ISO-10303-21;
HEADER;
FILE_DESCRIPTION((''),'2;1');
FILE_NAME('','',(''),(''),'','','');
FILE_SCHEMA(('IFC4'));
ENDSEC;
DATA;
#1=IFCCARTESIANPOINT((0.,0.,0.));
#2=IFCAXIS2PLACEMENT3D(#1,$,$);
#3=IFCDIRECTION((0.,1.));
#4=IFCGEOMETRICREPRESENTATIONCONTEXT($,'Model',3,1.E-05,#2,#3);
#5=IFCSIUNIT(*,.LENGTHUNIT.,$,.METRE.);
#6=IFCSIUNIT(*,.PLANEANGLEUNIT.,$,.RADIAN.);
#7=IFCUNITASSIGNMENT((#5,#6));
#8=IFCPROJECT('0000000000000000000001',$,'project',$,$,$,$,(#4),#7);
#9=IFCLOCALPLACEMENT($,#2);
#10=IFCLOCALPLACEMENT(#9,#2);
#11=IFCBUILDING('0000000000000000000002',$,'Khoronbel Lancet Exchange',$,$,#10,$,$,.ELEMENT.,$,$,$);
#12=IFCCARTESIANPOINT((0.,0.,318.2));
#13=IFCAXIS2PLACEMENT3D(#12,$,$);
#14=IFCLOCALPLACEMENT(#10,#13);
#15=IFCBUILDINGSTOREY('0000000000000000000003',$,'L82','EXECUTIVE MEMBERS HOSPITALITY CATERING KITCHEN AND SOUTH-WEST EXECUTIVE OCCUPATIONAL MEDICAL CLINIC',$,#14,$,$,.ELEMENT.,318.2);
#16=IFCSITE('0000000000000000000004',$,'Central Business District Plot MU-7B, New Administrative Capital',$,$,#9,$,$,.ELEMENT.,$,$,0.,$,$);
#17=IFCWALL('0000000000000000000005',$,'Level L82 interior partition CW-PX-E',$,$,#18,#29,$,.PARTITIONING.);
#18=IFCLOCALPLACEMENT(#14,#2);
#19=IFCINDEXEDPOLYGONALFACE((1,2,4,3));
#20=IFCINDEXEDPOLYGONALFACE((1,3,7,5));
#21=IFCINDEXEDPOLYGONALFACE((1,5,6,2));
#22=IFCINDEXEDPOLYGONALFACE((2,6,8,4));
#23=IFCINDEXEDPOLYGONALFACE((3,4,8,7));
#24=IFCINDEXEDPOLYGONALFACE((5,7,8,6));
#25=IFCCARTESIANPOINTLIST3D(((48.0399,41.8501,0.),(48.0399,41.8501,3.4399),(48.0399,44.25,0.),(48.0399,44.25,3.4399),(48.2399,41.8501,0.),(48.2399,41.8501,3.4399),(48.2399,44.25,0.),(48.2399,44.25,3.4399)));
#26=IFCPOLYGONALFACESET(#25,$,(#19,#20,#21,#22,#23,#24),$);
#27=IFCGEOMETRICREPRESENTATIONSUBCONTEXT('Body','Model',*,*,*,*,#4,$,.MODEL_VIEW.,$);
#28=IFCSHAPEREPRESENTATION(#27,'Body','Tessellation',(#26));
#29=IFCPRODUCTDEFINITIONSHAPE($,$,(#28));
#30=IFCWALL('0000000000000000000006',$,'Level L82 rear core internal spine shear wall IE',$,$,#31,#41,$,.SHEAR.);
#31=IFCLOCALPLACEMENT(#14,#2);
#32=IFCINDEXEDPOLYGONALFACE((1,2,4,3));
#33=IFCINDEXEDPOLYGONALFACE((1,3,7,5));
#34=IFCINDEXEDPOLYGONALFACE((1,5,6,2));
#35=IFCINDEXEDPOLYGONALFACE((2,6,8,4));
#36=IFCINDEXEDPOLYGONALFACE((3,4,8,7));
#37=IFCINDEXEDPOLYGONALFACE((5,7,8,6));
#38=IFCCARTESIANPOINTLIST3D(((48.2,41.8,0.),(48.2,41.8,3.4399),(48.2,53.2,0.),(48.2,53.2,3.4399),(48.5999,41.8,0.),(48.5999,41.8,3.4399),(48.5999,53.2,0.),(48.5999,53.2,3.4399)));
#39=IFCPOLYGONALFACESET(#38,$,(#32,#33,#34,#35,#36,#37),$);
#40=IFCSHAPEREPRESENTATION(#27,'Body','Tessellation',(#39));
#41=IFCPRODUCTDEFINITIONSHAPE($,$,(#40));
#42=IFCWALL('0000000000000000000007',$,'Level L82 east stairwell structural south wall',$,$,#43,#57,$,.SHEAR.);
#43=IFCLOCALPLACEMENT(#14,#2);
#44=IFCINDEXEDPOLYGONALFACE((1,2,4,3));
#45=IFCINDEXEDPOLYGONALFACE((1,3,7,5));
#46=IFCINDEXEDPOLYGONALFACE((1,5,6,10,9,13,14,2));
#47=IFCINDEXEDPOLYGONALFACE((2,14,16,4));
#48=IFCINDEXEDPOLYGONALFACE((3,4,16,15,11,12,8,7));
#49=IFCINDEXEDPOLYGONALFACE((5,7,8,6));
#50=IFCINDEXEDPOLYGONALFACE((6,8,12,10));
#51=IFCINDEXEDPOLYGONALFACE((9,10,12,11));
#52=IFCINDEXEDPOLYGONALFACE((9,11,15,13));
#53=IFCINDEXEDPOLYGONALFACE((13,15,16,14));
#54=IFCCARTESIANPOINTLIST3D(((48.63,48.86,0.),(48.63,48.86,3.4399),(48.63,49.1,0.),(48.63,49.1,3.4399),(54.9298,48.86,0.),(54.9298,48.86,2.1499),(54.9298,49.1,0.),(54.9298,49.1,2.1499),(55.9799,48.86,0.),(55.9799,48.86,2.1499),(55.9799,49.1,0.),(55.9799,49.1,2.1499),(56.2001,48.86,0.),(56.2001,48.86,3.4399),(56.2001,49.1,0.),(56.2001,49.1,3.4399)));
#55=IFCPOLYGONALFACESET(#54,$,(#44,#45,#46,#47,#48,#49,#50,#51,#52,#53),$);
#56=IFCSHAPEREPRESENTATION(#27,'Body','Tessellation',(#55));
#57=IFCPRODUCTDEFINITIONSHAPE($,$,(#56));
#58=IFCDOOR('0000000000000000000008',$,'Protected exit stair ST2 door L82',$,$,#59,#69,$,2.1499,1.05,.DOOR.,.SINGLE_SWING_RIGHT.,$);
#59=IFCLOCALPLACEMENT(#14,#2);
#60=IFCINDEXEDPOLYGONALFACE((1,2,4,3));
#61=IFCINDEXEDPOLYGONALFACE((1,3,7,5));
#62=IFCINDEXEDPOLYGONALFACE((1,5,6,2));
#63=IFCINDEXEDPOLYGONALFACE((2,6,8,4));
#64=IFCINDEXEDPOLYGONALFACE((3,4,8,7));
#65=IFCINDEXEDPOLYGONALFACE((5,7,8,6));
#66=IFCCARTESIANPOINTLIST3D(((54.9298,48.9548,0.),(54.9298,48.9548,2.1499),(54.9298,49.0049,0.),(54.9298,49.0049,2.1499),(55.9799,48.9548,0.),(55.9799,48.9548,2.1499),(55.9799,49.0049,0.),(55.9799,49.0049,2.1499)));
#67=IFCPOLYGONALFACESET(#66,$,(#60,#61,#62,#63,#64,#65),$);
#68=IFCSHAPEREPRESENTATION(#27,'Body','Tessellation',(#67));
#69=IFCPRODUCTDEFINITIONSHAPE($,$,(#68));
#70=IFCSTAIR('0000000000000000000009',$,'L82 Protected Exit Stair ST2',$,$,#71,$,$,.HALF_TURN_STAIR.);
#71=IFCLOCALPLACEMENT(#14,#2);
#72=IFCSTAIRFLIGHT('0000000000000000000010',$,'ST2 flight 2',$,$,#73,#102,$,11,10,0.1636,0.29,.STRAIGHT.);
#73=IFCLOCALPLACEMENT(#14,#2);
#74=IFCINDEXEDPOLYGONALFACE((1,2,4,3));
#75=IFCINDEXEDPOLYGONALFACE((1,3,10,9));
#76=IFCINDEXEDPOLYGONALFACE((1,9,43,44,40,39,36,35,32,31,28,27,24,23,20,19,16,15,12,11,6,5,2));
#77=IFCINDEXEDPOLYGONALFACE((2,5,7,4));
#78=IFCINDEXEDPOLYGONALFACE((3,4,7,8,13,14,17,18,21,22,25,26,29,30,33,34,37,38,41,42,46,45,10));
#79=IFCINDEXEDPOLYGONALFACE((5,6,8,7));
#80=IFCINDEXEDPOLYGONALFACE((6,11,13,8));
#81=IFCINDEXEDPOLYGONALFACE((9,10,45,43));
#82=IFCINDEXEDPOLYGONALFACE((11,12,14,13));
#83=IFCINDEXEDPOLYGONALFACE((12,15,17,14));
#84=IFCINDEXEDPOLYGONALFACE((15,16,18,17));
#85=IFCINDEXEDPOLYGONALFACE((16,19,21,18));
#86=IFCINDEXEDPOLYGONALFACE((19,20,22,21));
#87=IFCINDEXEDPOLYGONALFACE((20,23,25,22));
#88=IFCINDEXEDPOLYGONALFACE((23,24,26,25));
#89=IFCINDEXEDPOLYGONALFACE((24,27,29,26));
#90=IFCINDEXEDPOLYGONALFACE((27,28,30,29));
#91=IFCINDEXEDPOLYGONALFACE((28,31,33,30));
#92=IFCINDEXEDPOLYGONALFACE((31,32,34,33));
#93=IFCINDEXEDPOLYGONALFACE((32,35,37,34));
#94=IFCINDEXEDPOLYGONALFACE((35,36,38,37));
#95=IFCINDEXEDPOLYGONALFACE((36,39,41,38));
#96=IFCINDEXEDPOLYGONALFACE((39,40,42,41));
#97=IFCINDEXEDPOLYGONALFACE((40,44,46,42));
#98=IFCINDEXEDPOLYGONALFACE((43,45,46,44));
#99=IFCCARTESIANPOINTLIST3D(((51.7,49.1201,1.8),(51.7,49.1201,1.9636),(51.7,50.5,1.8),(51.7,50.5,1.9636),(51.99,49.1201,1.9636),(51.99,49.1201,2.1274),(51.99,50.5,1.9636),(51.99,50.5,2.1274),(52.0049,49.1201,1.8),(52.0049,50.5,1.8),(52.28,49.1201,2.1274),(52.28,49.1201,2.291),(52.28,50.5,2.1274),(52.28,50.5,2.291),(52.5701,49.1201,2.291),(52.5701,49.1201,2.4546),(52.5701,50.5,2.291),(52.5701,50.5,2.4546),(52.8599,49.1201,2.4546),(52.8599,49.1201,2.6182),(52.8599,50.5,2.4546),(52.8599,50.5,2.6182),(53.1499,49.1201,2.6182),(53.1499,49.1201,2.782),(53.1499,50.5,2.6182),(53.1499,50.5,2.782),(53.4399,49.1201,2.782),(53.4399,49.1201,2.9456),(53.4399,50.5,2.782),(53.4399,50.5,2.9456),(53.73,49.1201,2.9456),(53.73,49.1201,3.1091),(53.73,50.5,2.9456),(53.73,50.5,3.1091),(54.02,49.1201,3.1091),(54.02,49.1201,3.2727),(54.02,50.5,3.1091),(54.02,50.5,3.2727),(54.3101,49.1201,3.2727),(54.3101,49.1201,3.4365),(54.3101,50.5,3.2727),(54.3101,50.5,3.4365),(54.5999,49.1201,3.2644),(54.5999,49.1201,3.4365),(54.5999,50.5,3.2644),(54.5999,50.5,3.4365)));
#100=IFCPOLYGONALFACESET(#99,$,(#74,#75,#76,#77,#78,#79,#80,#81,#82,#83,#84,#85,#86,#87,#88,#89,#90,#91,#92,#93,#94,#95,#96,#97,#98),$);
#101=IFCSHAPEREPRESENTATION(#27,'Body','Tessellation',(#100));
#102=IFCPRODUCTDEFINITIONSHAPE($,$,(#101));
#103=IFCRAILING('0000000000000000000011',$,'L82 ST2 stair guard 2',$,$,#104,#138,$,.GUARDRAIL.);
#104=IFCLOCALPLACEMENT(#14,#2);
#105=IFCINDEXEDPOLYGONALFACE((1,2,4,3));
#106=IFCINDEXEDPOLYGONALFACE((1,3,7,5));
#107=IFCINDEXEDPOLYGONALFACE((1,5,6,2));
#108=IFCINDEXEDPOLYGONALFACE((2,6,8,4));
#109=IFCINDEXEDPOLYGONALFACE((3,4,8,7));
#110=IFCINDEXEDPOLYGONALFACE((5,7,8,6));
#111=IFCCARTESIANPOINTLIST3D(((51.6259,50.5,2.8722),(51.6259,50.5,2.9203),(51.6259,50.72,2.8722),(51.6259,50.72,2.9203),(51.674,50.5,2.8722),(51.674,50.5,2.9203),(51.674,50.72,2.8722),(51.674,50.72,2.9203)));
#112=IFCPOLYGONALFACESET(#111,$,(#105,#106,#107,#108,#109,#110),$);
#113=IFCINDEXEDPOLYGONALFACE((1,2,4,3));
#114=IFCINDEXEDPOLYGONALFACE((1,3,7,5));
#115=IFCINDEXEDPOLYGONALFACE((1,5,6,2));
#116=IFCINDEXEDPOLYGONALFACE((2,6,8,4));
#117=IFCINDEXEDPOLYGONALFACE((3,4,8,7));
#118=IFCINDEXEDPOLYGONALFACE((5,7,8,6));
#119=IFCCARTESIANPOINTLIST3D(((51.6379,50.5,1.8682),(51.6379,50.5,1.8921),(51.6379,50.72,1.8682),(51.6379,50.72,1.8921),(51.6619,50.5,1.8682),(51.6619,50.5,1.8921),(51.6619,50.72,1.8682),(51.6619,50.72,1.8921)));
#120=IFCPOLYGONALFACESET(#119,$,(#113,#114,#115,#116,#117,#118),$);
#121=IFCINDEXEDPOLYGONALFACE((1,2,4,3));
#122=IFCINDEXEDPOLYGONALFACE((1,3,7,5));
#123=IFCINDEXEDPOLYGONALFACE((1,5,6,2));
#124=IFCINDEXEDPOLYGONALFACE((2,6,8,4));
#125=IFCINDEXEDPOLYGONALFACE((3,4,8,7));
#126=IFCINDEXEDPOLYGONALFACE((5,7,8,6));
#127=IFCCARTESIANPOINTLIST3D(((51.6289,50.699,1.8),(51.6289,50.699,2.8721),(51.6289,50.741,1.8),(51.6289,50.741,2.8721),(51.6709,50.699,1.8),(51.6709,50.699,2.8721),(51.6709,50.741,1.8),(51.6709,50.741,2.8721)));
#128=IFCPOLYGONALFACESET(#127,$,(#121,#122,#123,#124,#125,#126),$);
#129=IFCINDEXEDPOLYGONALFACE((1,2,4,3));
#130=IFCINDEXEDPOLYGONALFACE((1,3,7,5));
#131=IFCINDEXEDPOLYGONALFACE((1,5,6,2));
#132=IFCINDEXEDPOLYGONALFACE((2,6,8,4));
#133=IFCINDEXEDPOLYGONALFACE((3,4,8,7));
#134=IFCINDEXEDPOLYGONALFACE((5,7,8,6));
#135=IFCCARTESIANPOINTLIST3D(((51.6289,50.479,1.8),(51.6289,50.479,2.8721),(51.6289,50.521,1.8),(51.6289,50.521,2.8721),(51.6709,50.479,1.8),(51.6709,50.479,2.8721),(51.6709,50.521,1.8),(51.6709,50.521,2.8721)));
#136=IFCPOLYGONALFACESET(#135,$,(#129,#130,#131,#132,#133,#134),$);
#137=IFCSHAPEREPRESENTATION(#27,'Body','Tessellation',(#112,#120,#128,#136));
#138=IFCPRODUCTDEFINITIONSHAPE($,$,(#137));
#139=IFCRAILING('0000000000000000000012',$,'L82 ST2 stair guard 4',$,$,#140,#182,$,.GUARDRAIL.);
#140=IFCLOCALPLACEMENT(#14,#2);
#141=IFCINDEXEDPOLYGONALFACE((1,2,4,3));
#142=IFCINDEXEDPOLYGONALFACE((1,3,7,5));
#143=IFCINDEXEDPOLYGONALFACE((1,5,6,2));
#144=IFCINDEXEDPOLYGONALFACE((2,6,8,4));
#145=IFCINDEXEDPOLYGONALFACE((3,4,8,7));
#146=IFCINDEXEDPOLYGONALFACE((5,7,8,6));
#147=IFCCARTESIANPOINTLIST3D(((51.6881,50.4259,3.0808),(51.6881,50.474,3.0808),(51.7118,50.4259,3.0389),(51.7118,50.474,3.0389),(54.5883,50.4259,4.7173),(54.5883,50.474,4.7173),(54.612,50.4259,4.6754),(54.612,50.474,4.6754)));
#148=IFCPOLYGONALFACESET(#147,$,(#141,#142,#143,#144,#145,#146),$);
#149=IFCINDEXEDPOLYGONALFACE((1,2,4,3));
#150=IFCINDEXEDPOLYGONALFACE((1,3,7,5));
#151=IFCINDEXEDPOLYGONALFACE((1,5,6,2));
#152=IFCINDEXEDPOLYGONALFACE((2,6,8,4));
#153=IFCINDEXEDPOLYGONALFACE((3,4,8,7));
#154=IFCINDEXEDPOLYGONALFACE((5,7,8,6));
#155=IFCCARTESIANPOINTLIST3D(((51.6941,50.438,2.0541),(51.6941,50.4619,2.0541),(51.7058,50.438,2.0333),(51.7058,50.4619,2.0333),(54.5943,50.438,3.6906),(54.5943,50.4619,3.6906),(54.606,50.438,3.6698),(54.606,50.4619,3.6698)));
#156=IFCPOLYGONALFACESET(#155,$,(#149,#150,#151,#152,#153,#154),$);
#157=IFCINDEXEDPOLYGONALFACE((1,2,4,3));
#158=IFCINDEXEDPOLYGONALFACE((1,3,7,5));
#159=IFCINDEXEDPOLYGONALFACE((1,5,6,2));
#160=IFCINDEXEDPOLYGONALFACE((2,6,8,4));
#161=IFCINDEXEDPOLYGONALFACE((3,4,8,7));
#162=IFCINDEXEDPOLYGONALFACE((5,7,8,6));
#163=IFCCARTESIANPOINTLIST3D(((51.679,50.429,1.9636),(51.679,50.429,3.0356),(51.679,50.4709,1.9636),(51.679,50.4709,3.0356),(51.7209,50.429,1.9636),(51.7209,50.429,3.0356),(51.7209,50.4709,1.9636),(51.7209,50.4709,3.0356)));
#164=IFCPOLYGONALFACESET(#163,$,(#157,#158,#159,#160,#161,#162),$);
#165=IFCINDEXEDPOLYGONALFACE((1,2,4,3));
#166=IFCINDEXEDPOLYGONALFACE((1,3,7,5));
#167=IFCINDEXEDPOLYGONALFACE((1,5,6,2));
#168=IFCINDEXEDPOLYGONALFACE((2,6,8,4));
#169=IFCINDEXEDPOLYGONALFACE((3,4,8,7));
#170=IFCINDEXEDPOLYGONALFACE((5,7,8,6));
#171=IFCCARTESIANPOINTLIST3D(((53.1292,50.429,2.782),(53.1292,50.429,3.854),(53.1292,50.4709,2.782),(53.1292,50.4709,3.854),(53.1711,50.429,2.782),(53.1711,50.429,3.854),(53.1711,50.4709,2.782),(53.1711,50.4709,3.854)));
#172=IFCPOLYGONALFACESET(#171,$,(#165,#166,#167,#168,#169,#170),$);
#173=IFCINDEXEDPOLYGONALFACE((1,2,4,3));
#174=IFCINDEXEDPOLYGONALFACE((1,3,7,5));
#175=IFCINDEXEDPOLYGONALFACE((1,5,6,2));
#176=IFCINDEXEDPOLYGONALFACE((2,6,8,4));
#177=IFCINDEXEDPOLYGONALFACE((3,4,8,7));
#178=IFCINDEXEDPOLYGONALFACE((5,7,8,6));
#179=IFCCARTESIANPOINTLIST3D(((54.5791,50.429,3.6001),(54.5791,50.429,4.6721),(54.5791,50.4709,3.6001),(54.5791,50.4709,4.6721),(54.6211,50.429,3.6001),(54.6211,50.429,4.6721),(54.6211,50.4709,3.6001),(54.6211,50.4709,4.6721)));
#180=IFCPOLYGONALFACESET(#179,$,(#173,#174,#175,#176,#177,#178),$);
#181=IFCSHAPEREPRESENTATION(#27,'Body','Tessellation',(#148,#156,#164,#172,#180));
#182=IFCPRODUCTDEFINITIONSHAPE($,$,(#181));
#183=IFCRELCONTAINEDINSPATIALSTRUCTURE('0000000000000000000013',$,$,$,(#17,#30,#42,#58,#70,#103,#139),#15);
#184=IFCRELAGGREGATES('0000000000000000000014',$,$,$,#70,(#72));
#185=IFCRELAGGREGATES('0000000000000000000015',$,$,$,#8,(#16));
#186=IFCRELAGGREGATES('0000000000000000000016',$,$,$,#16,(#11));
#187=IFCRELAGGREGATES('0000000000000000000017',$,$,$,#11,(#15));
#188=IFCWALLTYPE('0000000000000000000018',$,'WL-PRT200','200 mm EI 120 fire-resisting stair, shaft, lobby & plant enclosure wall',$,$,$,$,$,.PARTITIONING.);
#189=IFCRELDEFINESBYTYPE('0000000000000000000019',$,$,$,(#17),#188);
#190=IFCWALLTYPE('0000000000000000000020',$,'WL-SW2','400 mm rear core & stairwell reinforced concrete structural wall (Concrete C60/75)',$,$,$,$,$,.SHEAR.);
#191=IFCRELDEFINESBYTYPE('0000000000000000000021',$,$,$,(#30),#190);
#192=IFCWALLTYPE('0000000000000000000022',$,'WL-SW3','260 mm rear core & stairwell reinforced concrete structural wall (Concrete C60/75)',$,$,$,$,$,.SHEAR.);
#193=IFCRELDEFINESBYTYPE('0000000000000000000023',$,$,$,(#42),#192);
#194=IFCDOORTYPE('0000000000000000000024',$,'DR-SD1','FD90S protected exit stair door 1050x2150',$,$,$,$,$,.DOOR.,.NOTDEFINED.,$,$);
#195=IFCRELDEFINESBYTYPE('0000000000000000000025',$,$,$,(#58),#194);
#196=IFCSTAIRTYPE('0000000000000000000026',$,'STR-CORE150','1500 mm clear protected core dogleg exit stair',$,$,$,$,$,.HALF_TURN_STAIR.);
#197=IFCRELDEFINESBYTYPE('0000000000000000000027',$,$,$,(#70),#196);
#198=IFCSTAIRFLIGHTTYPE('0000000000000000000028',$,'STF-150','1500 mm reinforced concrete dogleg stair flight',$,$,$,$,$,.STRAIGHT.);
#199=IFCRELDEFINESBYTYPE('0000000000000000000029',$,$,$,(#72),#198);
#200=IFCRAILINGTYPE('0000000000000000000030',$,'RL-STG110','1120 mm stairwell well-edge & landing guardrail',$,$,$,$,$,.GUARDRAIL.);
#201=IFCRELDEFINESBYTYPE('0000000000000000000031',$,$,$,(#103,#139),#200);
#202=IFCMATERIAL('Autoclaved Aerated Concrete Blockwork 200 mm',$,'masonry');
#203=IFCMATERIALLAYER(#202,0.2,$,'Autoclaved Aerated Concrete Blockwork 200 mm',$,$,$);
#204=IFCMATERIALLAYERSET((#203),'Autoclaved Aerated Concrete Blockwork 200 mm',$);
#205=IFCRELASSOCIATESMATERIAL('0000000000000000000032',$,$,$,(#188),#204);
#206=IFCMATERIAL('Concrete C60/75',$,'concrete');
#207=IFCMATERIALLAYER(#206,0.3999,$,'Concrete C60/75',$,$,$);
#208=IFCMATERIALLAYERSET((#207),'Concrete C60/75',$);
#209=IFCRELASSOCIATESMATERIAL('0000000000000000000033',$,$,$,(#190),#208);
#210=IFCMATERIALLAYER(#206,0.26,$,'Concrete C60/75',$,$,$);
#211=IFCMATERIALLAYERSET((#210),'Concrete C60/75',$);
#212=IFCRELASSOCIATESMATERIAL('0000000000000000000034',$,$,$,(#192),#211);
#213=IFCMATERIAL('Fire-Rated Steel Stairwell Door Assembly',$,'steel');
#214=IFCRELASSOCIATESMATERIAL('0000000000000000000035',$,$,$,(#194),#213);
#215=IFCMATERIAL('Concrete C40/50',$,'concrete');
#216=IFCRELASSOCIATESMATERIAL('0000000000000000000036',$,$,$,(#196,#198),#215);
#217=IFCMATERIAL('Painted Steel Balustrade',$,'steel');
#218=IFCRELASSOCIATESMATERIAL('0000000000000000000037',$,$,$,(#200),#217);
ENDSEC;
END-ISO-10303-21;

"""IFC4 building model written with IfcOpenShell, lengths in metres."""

from ifc_helpers import new_model, si_unit, direction, frame, frame_2d, origin, origin_2d, place, context, subcontext, project, spatial, polyline, rectangle, outline, extrude, material, layer, layer_set, type_object, element, fill, aggregate, save


model = new_model("IFC4")

# Units and contexts
model_context = context("Model", 3, precision=1e-05, world=origin(), true_north=direction((0.0, 1.0)))
body_context = subcontext(model_context, "Body", "Model", "MODEL_VIEW")
ifc_project = project(units=[si_unit("LENGTHUNIT", "METRE"), si_unit("PLANEANGLEUNIT", "RADIAN")], contexts=[model_context])

# Site, building, storey
site_placement = place(None, origin())
site = spatial("IfcSite", under=ifc_project, at=site_placement, Name="Central Business District Plot MU-7B, New Administrative Capital", CompositionType="ELEMENT", RefElevation=0.0)
building_placement = place(site_placement, origin())
building = spatial("IfcBuilding", under=site, at=building_placement, Name="Khoronbel Lancet Exchange", CompositionType="ELEMENT")
storey_placement = place(building_placement, frame((0.0, 0.0, 318.2)))
storey = spatial("IfcBuildingStorey", under=building, at=storey_placement, Name="L82", Description="EXECUTIVE MEMBERS HOSPITALITY CATERING KITCHEN AND SOUTH-WEST EXECUTIVE OCCUPATIONAL MEDICAL CLINIC", CompositionType="ELEMENT", Elevation=318.2)

# Shared definitions
ifc_material_1 = material(Name="Autoclaved Aerated Concrete Blockwork 200 mm", Category="masonry")
ifc_layer_1 = layer(ifc_material_1, 0.2, Name="Autoclaved Aerated Concrete Blockwork 200 mm")
ifc_layer_set_1 = layer_set([ifc_layer_1], Name="Autoclaved Aerated Concrete Blockwork 200 mm")
wall_type_1 = type_object("IfcWallType", Name="WL-PRT200", Description="200 mm EI 120 fire-resisting stair, shaft, lobby & plant enclosure wall", PredefinedType="PARTITIONING", material=ifc_layer_set_1)

# Walls
for number, where, z_axis, x_axis, name in (
    (1, (48.1399, 41.8501, 0.0), (0.0, 0.0, 1.0), (0.0, 1.0, 0.0), "Level L82 interior partition CW-PX-E"),
):
    element("IfcWall", number, at=place(storey_placement, frame(where, z_axis=z_axis, x_axis=x_axis)), inside=storey, type_object=wall_type_1, Name=name, PredefinedType="PARTITIONING", context=body_context, shape_type="SweptSolid", body=[
        extrude(rectangle(XDim=2.3999, YDim=0.2, at=frame_2d((1.2, 0.0))), origin(), (0.0, 0.0, 1.0), 3.4399),
    ])
ifc_material_2 = material(Name="Concrete C60/75", Category="concrete")
ifc_layer_2 = layer(ifc_material_2, 0.3999, Name="Concrete C60/75")
ifc_layer_set_2 = layer_set([ifc_layer_2], Name="Concrete C60/75")
wall_type_2 = type_object("IfcWallType", Name="WL-SW2", Description="400 mm rear core & stairwell reinforced concrete structural wall (Concrete C60/75)", PredefinedType="SHEAR", material=ifc_layer_set_2)
wall_1_placement = place(storey_placement, frame((48.3999, 41.8, 0.0), z_axis=(0.0, 0.0, 1.0), x_axis=(0.0, 1.0, 0.0)))
element("IfcWall", 2, at=wall_1_placement, inside=storey, type_object=wall_type_2, Name="Level L82 rear core internal spine shear wall IE", PredefinedType="SHEAR", context=body_context, shape_type="SweptSolid", body=[
    extrude(rectangle(XDim=11.3999, YDim=0.3999, at=frame_2d((5.7, 0.0))), origin(), (0.0, 0.0, 1.0), 3.4399),
])

# Wall, opening, door
ifc_layer_3 = layer(ifc_material_2, 0.26, Name="Concrete C60/75")
ifc_layer_set_3 = layer_set([ifc_layer_3], Name="Concrete C60/75")
wall_type_3 = type_object("IfcWallType", Name="WL-SW3", Description="260 mm rear core & stairwell reinforced concrete structural wall (Concrete C60/75)", PredefinedType="SHEAR", material=ifc_layer_set_3)
wall_2_placement = place(storey_placement, frame((48.6299, 48.98, 0.0), z_axis=(0.0, 0.0, 1.0), x_axis=(1.0, 0.0, 0.0)))
wall_2 = element("IfcWall", 3, at=wall_2_placement, inside=storey, type_object=wall_type_3, Name="Level L82 east stairwell structural south wall", PredefinedType="SHEAR", context=body_context, shape_type="SweptSolid", body=[
    extrude(rectangle(XDim=7.5701, YDim=0.24, at=frame_2d((3.7852, 0.0))), origin(), (0.0, 0.0, 1.0), 3.4399),
])
opening_1_placement = place(wall_2_placement, frame((6.3, 0.0, 0.0)))
opening_1 = element("IfcOpeningElement", 4, at=opening_1_placement, cuts=wall_2, PredefinedType="OPENING", context=body_context, shape_type="SweptSolid", body=[
    extrude(rectangle(XDim=1.05, YDim=2.1499, at=frame_2d((0.5249, 1.075))), frame((0.0, 0.1299, 0.0), z_axis=(0.0, -1.0, 0.0), x_axis=(1.0, 0.0, 0.0)), (0.0, 0.0, 1.0), 0.26),
])
ifc_material_3 = material(Name="Fire-Rated Steel Stairwell Door Assembly", Category="steel")
door_type_1 = type_object("IfcDoorType", Name="DR-SD1", Description="FD90S protected exit stair door 1050x2150", OperationType="NOTDEFINED", PredefinedType="DOOR", material=ifc_material_3)
door_1_placement = place(opening_1_placement, origin())
door_1 = element("IfcDoor", 5, at=door_1_placement, inside=storey, type_object=door_type_1, Name="Protected exit stair ST2 door L82", OperationType="SINGLE_SWING_RIGHT", OverallHeight=2.1499, OverallWidth=1.05, PredefinedType="DOOR", context=body_context, shape_type="SweptSolid", body=[
    extrude(rectangle(XDim=1.05, YDim=2.1499, at=frame_2d((0.5249, 1.075))), frame((0.0, 0.0249, 0.0), z_axis=(0.0, -1.0, 0.0), x_axis=(1.0, 0.0, 0.0)), (0.0, 0.0, 1.0), 0.05),
])
fill(opening_1, door_1)

# Stair, stair flight
ifc_material_4 = material(Name="Concrete C40/50", Category="concrete")
stair_type = type_object("IfcStairType", Name="STR-CORE150", Description="1500 mm clear protected core dogleg exit stair", PredefinedType="HALF_TURN_STAIR", material=ifc_material_4)
stair_placement = place(storey_placement, origin())
stair = element("IfcStair", 6, at=stair_placement, inside=storey, type_object=stair_type, Name="L82 Protected Exit Stair ST2", PredefinedType="HALF_TURN_STAIR")
stair_flight_type = type_object("IfcStairFlightType", Name="STF-150", Description="1500 mm reinforced concrete dogleg stair flight", PredefinedType="STRAIGHT", material=ifc_material_4)
stair_flight_placement = place(storey_placement, frame((51.7, 49.8101, 1.8), z_axis=(0.0, 0.0, 1.0), x_axis=(1.0, 0.0, 0.0)))
stair_flight = element("IfcStairFlight", 7, at=stair_flight_placement, type_object=stair_flight_type, Name="ST2 flight 2", NumberOfRisers=11, NumberOfTreads=10, PredefinedType="STRAIGHT", RiserHeight=0.1636, TreadLength=0.29, context=body_context, shape_type="SweptSolid", body=[
    extrude(outline(polyline([(0.0, 0.0), (0.0, 0.1636), (0.29, 0.1636), (0.29, 0.3274), (0.5801, 0.3274), (0.5801, 0.491), (0.8701, 0.491), (0.8701, 0.6545), (1.1599, 0.6545), (1.1599, 0.8181), (1.45, 0.8181), (1.45, 0.9819), (1.74, 0.9819), (1.74, 1.1455), (2.03, 1.1455), (2.03, 1.3091), (2.3201, 1.3091), (2.3201, 1.4727), (2.6101, 1.4727), (2.6101, 1.6365), (2.8999, 1.6365), (2.8999, 1.8), (2.8999, 1.4644), (0.3049, 0.0), (0.0, 0.0)])), frame((0.0, 0.6899, 0.0), z_axis=(0.0, -1.0, 0.0), x_axis=(1.0, 0.0, 0.0)), (0.0, 0.0, 1.0), 1.3799),
])
aggregate(stair, [stair_flight])

# Railings
ifc_material_5 = material(Name="Painted Steel Balustrade", Category="steel")
railing_type_1 = type_object("IfcRailingType", Name="RL-STG110", Description="1120 mm stairwell well-edge & landing guardrail", PredefinedType="GUARDRAIL", material=ifc_material_5)
railing_1_placement = place(storey_placement, frame((51.6499, 50.72, 1.8)))
element("IfcRailing", 8, at=railing_1_placement, inside=storey, type_object=railing_type_1, Name="L82 ST2 stair guard 2", PredefinedType="GUARDRAIL", context=body_context, shape_type="SweptSolid", body=[
    extrude(rectangle(XDim=0.0481, YDim=0.0481, at=origin_2d()), frame((0.0, 0.0, 1.0962), z_axis=(0.0, -1.0, 0.0), x_axis=(1.0, 0.0, 0.0)), (0.0, 0.0, 1.0), 0.22),
    extrude(rectangle(XDim=0.0239, YDim=0.0239, at=origin_2d()), frame((0.0, 0.0, 0.0801), z_axis=(0.0, -1.0, 0.0), x_axis=(1.0, 0.0, 0.0)), (0.0, 0.0, 1.0), 0.22),
    extrude(rectangle(XDim=0.042, YDim=0.042, at=origin_2d()), origin(), (0.0, 0.0, 1.0), 1.072),
    extrude(rectangle(XDim=0.042, YDim=0.042, at=origin_2d()), frame((0.0, -0.22, 0.0)), (0.0, 0.0, 1.0), 1.072),
])
railing_2_placement = place(storey_placement, frame((51.7, 50.45, 1.9636)))
element("IfcRailing", 9, at=railing_2_placement, inside=storey, type_object=railing_type_1, Name="L82 ST2 stair guard 4", PredefinedType="GUARDRAIL", context=body_context, shape_type="SweptSolid", body=[
    extrude(rectangle(XDim=0.0481, YDim=0.0481, at=origin_2d()), frame((0.0, 0.0, 1.0962), z_axis=(0.870915, 0.0, 0.491434), x_axis=(0.0, 1.0, 0.0)), (0.0, 0.0, 1.0), 3.3301),
    extrude(rectangle(XDim=0.0239, YDim=0.0239, at=origin_2d()), frame((0.0, 0.0, 0.0801), z_axis=(0.870915, 0.0, 0.491434), x_axis=(0.0, 1.0, 0.0)), (0.0, 0.0, 1.0), 3.3301),
    extrude(rectangle(XDim=0.042, YDim=0.042, at=origin_2d()), origin(), (0.0, 0.0, 1.0), 1.072),
    extrude(rectangle(XDim=0.042, YDim=0.042, at=origin_2d()), frame((1.4502, 0.0, 0.8184)), (0.0, 0.0, 1.0), 1.072),
    extrude(rectangle(XDim=0.042, YDim=0.042, at=origin_2d()), frame((2.9001, 0.0, 1.6365)), (0.0, 0.0, 1.0), 1.072),
])

save(model, "model.ifc")
